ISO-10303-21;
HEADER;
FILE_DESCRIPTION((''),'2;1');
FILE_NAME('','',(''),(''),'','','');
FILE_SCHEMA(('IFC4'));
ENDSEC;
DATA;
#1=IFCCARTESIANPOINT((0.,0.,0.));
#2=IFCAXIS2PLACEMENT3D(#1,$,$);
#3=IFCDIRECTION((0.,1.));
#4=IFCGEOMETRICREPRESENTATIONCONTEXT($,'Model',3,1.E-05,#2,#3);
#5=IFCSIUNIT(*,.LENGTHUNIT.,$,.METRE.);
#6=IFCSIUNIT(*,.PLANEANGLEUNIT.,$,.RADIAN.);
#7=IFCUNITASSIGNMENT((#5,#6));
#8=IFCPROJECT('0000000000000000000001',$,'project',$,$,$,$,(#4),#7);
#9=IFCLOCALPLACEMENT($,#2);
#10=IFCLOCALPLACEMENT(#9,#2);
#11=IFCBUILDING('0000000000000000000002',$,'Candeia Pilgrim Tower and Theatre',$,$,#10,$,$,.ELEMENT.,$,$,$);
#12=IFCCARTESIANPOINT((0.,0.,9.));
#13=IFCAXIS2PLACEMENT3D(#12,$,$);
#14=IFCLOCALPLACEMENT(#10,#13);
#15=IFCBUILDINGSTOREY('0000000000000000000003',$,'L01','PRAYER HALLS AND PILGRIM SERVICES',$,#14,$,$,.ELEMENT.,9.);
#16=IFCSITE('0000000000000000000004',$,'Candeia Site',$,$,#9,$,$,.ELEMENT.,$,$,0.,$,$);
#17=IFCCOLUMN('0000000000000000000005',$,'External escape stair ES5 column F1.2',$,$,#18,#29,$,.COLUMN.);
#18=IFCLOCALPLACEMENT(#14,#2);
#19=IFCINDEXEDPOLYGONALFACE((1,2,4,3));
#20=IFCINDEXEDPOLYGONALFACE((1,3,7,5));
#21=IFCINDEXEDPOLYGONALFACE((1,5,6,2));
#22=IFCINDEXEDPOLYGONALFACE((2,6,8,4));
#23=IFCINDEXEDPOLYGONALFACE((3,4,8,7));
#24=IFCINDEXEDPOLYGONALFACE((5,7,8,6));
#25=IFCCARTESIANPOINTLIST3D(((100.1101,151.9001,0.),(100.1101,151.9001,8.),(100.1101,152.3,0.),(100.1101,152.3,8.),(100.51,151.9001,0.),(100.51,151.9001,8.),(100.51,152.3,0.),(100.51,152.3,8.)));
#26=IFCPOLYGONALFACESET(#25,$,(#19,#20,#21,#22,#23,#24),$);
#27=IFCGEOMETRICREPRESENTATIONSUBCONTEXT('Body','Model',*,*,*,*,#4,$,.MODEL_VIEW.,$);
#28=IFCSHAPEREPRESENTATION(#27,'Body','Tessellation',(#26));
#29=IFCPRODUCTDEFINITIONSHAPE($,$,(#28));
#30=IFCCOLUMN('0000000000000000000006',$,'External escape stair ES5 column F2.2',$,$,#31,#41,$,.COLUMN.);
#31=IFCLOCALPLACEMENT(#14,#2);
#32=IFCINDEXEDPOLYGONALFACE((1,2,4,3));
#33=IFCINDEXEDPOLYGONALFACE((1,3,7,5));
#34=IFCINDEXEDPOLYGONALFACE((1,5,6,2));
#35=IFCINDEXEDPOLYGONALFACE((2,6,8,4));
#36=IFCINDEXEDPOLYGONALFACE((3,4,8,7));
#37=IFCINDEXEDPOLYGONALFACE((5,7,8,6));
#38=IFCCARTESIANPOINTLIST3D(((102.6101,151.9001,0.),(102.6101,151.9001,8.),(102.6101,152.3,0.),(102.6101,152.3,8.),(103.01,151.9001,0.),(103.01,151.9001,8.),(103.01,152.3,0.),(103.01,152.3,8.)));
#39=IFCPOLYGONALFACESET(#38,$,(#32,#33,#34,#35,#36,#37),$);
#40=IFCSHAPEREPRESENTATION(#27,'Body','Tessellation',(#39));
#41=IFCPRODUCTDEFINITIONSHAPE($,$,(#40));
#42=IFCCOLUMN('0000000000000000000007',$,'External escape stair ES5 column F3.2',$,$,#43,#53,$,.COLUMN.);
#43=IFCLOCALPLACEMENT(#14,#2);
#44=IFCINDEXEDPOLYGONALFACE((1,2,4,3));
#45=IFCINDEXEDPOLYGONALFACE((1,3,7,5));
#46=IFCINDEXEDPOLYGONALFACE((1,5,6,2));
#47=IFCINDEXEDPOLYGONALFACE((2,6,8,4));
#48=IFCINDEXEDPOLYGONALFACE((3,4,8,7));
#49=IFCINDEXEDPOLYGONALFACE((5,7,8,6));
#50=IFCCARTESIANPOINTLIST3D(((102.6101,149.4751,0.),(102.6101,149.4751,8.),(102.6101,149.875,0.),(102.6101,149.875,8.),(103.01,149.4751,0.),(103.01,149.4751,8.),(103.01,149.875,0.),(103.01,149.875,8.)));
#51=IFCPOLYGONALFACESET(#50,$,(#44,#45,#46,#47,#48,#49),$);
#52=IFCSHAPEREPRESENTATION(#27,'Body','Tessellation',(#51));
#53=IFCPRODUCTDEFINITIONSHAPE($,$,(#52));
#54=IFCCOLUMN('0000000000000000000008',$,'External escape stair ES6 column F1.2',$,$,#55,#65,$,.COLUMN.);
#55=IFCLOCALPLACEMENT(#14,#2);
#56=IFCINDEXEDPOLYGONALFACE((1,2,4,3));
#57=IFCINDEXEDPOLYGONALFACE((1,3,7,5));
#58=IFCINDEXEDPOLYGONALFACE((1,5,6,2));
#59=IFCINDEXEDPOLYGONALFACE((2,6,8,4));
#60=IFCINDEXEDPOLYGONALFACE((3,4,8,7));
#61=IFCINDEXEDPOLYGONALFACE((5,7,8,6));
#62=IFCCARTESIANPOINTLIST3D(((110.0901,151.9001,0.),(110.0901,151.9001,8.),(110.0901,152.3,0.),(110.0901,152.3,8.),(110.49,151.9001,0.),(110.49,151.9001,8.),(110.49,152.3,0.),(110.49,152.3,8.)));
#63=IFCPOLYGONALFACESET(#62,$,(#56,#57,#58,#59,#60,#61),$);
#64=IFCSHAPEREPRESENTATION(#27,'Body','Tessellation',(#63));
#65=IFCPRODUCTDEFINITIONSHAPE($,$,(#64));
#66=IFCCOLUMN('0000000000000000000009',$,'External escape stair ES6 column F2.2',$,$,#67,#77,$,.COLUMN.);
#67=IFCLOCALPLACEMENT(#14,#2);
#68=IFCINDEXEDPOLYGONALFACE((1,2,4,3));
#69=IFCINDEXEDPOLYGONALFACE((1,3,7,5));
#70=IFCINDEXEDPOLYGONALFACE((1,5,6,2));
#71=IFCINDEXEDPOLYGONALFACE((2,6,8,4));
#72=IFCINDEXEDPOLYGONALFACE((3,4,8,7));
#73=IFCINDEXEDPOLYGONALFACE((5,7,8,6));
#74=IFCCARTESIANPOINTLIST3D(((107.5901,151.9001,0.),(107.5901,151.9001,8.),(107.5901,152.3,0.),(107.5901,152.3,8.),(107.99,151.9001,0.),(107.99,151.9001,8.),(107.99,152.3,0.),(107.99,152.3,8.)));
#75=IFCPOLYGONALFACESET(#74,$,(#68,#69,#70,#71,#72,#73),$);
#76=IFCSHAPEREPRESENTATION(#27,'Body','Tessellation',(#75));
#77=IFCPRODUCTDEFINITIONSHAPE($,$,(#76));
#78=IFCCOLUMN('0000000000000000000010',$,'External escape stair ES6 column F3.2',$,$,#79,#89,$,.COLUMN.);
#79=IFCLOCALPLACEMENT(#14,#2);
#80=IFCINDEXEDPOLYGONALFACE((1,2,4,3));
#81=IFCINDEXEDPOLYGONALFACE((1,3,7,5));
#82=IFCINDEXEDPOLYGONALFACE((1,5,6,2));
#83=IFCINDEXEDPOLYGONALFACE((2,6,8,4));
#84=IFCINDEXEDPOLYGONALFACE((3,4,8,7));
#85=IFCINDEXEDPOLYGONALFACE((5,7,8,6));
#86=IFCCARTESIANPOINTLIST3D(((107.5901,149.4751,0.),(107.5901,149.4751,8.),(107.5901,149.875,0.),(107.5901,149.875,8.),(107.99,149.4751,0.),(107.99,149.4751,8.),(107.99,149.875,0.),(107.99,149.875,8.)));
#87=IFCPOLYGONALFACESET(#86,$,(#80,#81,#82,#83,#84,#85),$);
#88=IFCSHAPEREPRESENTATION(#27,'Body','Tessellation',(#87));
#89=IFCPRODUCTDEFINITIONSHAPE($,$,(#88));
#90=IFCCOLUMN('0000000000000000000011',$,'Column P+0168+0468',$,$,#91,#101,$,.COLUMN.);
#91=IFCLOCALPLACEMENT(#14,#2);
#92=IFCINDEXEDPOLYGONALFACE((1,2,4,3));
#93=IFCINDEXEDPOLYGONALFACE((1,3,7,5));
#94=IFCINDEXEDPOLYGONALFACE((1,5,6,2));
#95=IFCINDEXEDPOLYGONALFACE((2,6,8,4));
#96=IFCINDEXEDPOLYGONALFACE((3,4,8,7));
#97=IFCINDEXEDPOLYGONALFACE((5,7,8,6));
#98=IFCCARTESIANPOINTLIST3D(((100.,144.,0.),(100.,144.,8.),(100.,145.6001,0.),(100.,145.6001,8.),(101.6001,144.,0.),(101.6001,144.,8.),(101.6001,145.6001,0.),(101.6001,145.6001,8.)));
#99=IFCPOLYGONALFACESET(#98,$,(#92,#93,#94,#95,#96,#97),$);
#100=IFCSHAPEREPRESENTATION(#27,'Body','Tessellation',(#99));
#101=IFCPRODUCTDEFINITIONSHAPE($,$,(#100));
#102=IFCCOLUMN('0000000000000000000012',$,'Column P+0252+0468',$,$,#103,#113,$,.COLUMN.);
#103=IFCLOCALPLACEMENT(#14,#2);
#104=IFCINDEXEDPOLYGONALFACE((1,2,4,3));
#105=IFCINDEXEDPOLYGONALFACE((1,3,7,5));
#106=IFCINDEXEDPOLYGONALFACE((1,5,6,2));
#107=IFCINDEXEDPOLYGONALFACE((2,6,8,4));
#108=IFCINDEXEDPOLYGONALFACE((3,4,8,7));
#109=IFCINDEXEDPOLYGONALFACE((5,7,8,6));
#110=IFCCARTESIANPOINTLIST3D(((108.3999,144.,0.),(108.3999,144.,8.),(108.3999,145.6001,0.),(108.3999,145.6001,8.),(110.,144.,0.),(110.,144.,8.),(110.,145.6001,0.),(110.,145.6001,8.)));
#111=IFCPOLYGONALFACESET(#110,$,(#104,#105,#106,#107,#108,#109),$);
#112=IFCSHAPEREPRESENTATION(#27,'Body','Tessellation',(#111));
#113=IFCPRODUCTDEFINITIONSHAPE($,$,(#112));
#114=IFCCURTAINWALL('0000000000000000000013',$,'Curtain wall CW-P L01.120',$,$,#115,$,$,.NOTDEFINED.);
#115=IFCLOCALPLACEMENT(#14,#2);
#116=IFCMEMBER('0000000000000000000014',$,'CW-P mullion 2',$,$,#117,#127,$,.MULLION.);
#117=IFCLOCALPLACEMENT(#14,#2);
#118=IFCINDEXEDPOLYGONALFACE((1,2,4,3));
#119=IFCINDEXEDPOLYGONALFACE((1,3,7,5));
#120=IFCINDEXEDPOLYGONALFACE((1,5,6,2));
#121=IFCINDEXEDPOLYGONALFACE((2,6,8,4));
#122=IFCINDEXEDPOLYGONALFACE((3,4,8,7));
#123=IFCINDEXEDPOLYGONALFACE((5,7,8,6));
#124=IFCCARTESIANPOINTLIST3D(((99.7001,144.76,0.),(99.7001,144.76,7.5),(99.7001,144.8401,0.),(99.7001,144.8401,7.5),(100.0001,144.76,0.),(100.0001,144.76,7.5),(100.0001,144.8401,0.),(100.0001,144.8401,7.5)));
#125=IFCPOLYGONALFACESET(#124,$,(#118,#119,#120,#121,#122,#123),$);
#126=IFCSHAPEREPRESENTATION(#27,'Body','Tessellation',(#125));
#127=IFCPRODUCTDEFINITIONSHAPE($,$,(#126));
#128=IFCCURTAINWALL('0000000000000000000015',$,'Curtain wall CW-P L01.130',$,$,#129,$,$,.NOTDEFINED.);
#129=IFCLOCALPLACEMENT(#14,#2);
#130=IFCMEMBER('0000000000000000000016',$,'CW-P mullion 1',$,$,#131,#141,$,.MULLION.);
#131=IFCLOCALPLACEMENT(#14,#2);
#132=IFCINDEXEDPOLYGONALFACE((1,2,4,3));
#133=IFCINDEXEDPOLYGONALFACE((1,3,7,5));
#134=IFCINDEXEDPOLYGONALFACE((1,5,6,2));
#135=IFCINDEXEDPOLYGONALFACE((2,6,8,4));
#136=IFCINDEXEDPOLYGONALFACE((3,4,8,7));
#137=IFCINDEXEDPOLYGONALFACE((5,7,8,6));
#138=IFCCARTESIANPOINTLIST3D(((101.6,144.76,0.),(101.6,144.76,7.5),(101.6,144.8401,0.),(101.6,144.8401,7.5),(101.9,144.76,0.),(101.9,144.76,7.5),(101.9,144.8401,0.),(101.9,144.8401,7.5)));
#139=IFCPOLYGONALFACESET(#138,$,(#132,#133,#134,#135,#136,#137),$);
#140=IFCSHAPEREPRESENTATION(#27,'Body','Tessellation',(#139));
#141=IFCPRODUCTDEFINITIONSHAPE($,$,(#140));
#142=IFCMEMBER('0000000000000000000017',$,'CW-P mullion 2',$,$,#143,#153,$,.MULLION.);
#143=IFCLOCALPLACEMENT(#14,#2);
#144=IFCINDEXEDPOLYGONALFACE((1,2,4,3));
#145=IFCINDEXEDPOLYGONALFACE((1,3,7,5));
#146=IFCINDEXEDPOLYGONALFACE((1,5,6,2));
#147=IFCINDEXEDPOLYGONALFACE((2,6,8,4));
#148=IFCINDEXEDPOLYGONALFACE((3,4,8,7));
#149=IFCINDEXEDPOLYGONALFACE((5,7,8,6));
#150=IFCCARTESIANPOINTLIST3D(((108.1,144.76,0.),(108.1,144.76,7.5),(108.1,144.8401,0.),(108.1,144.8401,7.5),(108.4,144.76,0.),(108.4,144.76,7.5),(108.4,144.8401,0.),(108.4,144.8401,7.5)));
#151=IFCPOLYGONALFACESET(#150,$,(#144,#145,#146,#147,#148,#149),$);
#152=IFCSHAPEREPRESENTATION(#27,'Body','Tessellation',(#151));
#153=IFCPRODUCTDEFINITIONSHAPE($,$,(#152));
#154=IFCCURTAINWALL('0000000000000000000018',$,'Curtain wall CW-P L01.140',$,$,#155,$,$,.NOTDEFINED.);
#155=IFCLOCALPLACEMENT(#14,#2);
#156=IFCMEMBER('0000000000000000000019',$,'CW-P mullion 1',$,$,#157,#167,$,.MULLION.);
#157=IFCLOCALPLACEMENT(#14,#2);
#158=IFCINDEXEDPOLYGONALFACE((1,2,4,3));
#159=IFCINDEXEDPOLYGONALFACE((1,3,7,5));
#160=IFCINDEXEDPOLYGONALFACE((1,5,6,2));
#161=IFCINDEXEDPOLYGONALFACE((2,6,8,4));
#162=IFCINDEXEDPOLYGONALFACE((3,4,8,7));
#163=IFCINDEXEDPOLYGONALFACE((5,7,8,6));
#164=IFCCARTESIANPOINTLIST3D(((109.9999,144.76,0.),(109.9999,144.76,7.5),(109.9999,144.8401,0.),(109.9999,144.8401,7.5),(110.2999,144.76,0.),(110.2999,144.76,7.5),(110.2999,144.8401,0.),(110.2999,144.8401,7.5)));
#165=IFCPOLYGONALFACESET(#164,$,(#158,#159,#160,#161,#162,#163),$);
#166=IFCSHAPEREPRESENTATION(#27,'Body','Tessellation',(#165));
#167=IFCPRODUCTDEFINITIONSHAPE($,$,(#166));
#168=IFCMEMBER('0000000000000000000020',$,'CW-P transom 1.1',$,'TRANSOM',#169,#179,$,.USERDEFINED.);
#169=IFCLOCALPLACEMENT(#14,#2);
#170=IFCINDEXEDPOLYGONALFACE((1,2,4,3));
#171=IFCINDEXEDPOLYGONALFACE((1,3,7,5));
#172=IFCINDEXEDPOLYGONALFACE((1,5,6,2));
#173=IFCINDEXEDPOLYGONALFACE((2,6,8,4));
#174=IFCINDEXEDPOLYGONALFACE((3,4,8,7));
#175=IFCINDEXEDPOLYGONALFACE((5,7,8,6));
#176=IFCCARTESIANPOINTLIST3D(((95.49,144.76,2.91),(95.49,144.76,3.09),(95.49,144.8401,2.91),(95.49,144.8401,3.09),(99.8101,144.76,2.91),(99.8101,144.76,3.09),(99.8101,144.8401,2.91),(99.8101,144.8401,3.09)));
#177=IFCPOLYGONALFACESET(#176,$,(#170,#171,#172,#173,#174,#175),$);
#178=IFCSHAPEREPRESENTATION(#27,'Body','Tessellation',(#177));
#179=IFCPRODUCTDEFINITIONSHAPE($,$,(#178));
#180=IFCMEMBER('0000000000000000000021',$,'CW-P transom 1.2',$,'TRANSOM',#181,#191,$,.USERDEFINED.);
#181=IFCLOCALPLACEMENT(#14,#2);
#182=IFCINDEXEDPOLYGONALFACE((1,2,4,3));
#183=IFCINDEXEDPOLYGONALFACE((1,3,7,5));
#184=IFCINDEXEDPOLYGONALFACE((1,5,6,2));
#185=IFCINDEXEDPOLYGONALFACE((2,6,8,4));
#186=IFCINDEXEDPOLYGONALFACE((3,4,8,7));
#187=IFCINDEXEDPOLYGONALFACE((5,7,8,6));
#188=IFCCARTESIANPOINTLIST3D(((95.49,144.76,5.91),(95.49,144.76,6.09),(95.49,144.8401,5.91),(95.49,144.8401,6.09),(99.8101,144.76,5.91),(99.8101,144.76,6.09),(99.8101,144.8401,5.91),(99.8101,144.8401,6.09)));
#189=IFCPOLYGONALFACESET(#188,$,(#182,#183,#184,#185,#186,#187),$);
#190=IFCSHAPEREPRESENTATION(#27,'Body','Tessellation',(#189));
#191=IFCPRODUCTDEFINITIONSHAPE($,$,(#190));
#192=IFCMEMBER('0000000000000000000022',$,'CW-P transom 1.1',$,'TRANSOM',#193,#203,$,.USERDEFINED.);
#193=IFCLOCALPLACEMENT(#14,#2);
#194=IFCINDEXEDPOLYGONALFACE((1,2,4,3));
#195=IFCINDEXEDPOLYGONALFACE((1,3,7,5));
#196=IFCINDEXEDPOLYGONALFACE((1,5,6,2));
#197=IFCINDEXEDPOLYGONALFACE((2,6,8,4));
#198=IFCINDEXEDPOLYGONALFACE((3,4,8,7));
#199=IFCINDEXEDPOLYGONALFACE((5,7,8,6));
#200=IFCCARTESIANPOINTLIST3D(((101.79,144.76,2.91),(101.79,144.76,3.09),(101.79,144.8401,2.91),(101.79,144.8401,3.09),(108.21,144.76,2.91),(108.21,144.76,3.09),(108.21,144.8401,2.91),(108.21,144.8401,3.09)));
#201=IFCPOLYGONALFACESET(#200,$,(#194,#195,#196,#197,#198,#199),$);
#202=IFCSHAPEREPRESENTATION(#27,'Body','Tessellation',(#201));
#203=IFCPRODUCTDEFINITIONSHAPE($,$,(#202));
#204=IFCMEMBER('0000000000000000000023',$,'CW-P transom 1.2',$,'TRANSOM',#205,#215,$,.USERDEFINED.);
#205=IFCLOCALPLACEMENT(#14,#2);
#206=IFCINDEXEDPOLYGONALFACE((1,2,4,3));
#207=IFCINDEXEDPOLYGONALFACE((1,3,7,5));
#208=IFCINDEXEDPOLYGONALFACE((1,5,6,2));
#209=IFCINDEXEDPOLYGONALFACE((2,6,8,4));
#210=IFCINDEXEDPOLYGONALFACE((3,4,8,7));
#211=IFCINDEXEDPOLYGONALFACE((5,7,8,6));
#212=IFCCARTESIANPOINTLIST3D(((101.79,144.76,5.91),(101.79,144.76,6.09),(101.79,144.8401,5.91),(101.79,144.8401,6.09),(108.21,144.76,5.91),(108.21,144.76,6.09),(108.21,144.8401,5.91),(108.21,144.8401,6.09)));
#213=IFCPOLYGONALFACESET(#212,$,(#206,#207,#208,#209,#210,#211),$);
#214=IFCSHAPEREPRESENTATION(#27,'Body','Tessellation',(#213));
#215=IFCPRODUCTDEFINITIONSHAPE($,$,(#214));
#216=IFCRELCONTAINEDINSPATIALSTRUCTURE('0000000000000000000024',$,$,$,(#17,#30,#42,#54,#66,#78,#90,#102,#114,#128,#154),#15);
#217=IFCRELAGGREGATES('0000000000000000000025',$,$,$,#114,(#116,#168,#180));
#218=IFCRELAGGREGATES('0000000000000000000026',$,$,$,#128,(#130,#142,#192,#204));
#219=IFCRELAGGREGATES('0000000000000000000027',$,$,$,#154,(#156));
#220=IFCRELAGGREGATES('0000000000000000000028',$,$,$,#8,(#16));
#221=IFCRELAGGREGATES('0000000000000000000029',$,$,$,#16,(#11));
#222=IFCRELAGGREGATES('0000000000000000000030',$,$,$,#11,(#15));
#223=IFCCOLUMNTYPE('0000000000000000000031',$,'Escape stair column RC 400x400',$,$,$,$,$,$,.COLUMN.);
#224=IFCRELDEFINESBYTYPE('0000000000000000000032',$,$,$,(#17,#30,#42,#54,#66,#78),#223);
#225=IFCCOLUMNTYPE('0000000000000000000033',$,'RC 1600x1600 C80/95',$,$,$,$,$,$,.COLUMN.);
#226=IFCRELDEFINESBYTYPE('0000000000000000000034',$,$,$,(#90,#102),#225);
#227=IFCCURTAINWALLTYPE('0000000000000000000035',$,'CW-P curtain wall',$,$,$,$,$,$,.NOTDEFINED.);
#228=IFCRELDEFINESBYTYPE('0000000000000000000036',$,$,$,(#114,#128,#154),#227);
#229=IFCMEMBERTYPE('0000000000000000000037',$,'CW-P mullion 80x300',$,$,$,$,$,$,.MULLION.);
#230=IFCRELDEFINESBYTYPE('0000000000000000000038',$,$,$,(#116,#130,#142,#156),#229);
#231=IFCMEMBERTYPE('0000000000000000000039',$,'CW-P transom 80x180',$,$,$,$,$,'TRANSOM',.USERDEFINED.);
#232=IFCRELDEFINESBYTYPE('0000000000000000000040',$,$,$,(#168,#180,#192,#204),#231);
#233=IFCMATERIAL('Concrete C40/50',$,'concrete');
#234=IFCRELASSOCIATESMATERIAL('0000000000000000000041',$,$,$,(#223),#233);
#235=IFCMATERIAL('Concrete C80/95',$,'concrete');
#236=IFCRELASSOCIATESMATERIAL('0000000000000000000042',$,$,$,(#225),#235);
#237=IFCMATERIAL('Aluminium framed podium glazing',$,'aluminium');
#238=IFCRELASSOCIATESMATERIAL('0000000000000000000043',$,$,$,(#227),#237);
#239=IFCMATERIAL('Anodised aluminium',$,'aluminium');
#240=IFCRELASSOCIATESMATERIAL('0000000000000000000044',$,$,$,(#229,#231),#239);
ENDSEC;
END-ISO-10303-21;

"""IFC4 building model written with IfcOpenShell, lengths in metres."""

from ifc_helpers import new_model, si_unit, direction, frame, origin, origin_2d, place, context, subcontext, project, spatial, rectangle, extrude, material, material_profile, profile_set, type_object, element, aggregate, save


model = new_model("IFC4")

# Units and contexts
model_context = context("Model", 3, precision=1e-05, world=origin(), true_north=direction((0.0, 1.0)))
body_context = subcontext(model_context, "Body", "Model", "MODEL_VIEW")
ifc_project = project(units=[si_unit("LENGTHUNIT", "METRE"), si_unit("PLANEANGLEUNIT", "RADIAN")], contexts=[model_context])

# Site, building, storey
site_placement = place(None, origin())
site = spatial("IfcSite", under=ifc_project, at=site_placement, Name="Candeia Site", CompositionType="ELEMENT", RefElevation=0.0)
building_placement = place(site_placement, origin())
building = spatial("IfcBuilding", under=site, at=building_placement, Name="Candeia Pilgrim Tower and Theatre", CompositionType="ELEMENT")
storey_placement = place(building_placement, frame((0.0, 0.0, 9.0)))
storey = spatial("IfcBuildingStorey", under=building, at=storey_placement, Name="L01", Description="PRAYER HALLS AND PILGRIM SERVICES", CompositionType="ELEMENT", Elevation=9.0)

# Columns
ifc_material_1 = material(Name="Concrete C40/50", Category="concrete")
ifc_material_profile_1 = material_profile(ifc_material_1, rectangle(XDim=0.3999, YDim=0.3999, at=origin_2d()))
ifc_profile_set_1 = profile_set([ifc_material_profile_1], Name="Concrete C40/50")
column_type_1 = type_object("IfcColumnType", Name="Escape stair column RC 400x400", PredefinedType="COLUMN", material=ifc_profile_set_1)
for number, where, z_axis, x_axis, name in (
    (1, (100.3101, 152.1001, 0.0), (0.0, 0.0, 1.0), (1.0, 0.0, 0.0), "External escape stair ES5 column F1.2"),
    (2, (102.8101, 152.1001, 0.0), (0.0, 0.0, 1.0), (1.0, 0.0, 0.0), "External escape stair ES5 column F2.2"),
    (3, (102.8101, 149.675, 0.0), (0.0, 0.0, 1.0), (1.0, 0.0, 0.0), "External escape stair ES5 column F3.2"),
    (4, (110.29, 152.1001, 0.0), (0.0, 0.0, 1.0), (1.0, 0.0, 0.0), "External escape stair ES6 column F1.2"),
    (5, (107.79, 152.1001, 0.0), (0.0, 0.0, 1.0), (1.0, 0.0, 0.0), "External escape stair ES6 column F2.2"),
    (6, (107.79, 149.675, 0.0), (0.0, 0.0, 1.0), (1.0, 0.0, 0.0), "External escape stair ES6 column F3.2"),
):
    element("IfcColumn", number, at=place(storey_placement, frame(where, z_axis=z_axis, x_axis=x_axis)), inside=storey, type_object=column_type_1, Name=name, PredefinedType="COLUMN", context=body_context, shape_type="SweptSolid", body=[
        extrude(rectangle(XDim=0.3999, YDim=0.3999, at=origin_2d()), origin(), (0.0, 0.0, 1.0), 8.0),
    ])
ifc_material_2 = material(Name="Concrete C80/95", Category="concrete")
ifc_material_profile_2 = material_profile(ifc_material_2, rectangle(XDim=1.6001, YDim=1.6001, at=origin_2d()))
ifc_profile_set_2 = profile_set([ifc_material_profile_2], Name="Concrete C80/95")
column_type_2 = type_object("IfcColumnType", Name="RC 1600x1600 C80/95", PredefinedType="COLUMN", material=ifc_profile_set_2)
for number, where, z_axis, x_axis, name in (
    (7, (100.8, 144.8, 0.0), (0.0, 0.0, 1.0), (1.0, 0.0, 0.0), "Column P+0168+0468"),
    (8, (109.2, 144.8, 0.0), (0.0, 0.0, 1.0), (1.0, 0.0, 0.0), "Column P+0252+0468"),
):
    element("IfcColumn", number, at=place(storey_placement, frame(where, z_axis=z_axis, x_axis=x_axis)), inside=storey, type_object=column_type_2, Name=name, PredefinedType="COLUMN", context=body_context, shape_type="SweptSolid", body=[
        extrude(rectangle(XDim=1.6001, YDim=1.6001, at=origin_2d()), origin(), (0.0, 0.0, 1.0), 8.0),
    ])

# Curtain wall, member
ifc_material_3 = material(Name="Aluminium framed podium glazing", Category="aluminium")
curtain_wall_type = type_object("IfcCurtainWallType", Name="CW-P curtain wall", PredefinedType="NOTDEFINED", material=ifc_material_3)
curtain_wall_1_placement = place(storey_placement, origin())
curtain_wall_1 = element("IfcCurtainWall", 9, at=curtain_wall_1_placement, inside=storey, type_object=curtain_wall_type, Name="Curtain wall CW-P L01.120", PredefinedType="NOTDEFINED")
ifc_material_4 = material(Name="Anodised aluminium", Category="aluminium")
ifc_material_profile_3 = material_profile(ifc_material_4, rectangle(XDim=0.0801, YDim=0.3, at=origin_2d()))
ifc_profile_set_3 = profile_set([ifc_material_profile_3], Name="Anodised aluminium")
member_type_1 = type_object("IfcMemberType", Name="CW-P mullion 80x300", PredefinedType="MULLION", material=ifc_profile_set_3)
member_1_placement = place(storey_placement, frame((99.8501, 144.8, 0.0), z_axis=(0.0, 0.0, 1.0), x_axis=(0.0, 1.0, 0.0)))
member_1 = element("IfcMember", 10, at=member_1_placement, type_object=member_type_1, Name="CW-P mullion 2", PredefinedType="MULLION", context=body_context, shape_type="SweptSolid", body=[
    extrude(rectangle(XDim=0.0801, YDim=0.3, at=origin_2d()), origin(), (0.0, 0.0, 1.0), 7.5),
])

# Curtain wall, members
curtain_wall_2_placement = place(storey_placement, origin())
curtain_wall_2 = element("IfcCurtainWall", 11, at=curtain_wall_2_placement, inside=storey, type_object=curtain_wall_type, Name="Curtain wall CW-P L01.130", PredefinedType="NOTDEFINED")
member_2_placement = place(storey_placement, frame((101.75, 144.8, 0.0), z_axis=(0.0, 0.0, 1.0), x_axis=(0.0, 1.0, 0.0)))
member_2 = element("IfcMember", 12, at=member_2_placement, type_object=member_type_1, Name="CW-P mullion 1", PredefinedType="MULLION", context=body_context, shape_type="SweptSolid", body=[
    extrude(rectangle(XDim=0.0801, YDim=0.3, at=origin_2d()), origin(), (0.0, 0.0, 1.0), 7.5),
])
member_3_placement = place(storey_placement, frame((108.25, 144.8, 0.0), z_axis=(0.0, 0.0, 1.0), x_axis=(0.0, 1.0, 0.0)))
member_3 = element("IfcMember", 13, at=member_3_placement, type_object=member_type_1, Name="CW-P mullion 2", PredefinedType="MULLION", context=body_context, shape_type="SweptSolid", body=[
    extrude(rectangle(XDim=0.0801, YDim=0.3, at=origin_2d()), origin(), (0.0, 0.0, 1.0), 7.5),
])

# Curtain wall, member
curtain_wall_3_placement = place(storey_placement, origin())
curtain_wall_3 = element("IfcCurtainWall", 14, at=curtain_wall_3_placement, inside=storey, type_object=curtain_wall_type, Name="Curtain wall CW-P L01.140", PredefinedType="NOTDEFINED")
member_4_placement = place(storey_placement, frame((110.1499, 144.8, 0.0), z_axis=(0.0, 0.0, 1.0), x_axis=(0.0, 1.0, 0.0)))
member_4 = element("IfcMember", 15, at=member_4_placement, type_object=member_type_1, Name="CW-P mullion 1", PredefinedType="MULLION", context=body_context, shape_type="SweptSolid", body=[
    extrude(rectangle(XDim=0.0801, YDim=0.3, at=origin_2d()), origin(), (0.0, 0.0, 1.0), 7.5),
])

# Members
ifc_material_profile_4 = material_profile(ifc_material_4, rectangle(XDim=0.0801, YDim=0.1799, at=origin_2d()))
ifc_profile_set_4 = profile_set([ifc_material_profile_4], Name="Anodised aluminium")
member_type_2 = type_object("IfcMemberType", Name="CW-P transom 80x180", ElementType="TRANSOM", PredefinedType="USERDEFINED", material=ifc_profile_set_4)
member_5_placement = place(storey_placement, frame((95.49, 144.8, 3.0), z_axis=(1.0, 0.0, 0.0), x_axis=(0.0, 1.0, 0.0)))
member_5 = element("IfcMember", 16, at=member_5_placement, type_object=member_type_2, Name="CW-P transom 1.1", ObjectType="TRANSOM", PredefinedType="USERDEFINED", context=body_context, shape_type="SweptSolid", body=[
    extrude(rectangle(XDim=0.0801, YDim=0.1799, at=origin_2d()), origin(), (0.0, 0.0, 1.0), 4.3201),
])
member_6_placement = place(storey_placement, frame((95.49, 144.8, 6.0), z_axis=(1.0, 0.0, 0.0), x_axis=(0.0, 1.0, 0.0)))
member_6 = element("IfcMember", 17, at=member_6_placement, type_object=member_type_2, Name="CW-P transom 1.2", ObjectType="TRANSOM", PredefinedType="USERDEFINED", context=body_context, shape_type="SweptSolid", body=[
    extrude(rectangle(XDim=0.0801, YDim=0.1799, at=origin_2d()), origin(), (0.0, 0.0, 1.0), 4.3201),
])
member_7_placement = place(storey_placement, frame((101.79, 144.8, 3.0), z_axis=(1.0, 0.0, 0.0), x_axis=(0.0, 1.0, 0.0)))
member_7 = element("IfcMember", 18, at=member_7_placement, type_object=member_type_2, Name="CW-P transom 1.1", ObjectType="TRANSOM", PredefinedType="USERDEFINED", context=body_context, shape_type="SweptSolid", body=[
    extrude(rectangle(XDim=0.0801, YDim=0.1799, at=origin_2d()), origin(), (0.0, 0.0, 1.0), 6.4199),
])
member_8_placement = place(storey_placement, frame((101.79, 144.8, 6.0), z_axis=(1.0, 0.0, 0.0), x_axis=(0.0, 1.0, 0.0)))
member_8 = element("IfcMember", 19, at=member_8_placement, type_object=member_type_2, Name="CW-P transom 1.2", ObjectType="TRANSOM", PredefinedType="USERDEFINED", context=body_context, shape_type="SweptSolid", body=[
    extrude(rectangle(XDim=0.0801, YDim=0.1799, at=origin_2d()), origin(), (0.0, 0.0, 1.0), 6.4199),
])

aggregate(curtain_wall_1, [member_1, member_5, member_6])
aggregate(curtain_wall_2, [member_2, member_3, member_7, member_8])
aggregate(curtain_wall_3, [member_4])

save(model, "model.ifc")
